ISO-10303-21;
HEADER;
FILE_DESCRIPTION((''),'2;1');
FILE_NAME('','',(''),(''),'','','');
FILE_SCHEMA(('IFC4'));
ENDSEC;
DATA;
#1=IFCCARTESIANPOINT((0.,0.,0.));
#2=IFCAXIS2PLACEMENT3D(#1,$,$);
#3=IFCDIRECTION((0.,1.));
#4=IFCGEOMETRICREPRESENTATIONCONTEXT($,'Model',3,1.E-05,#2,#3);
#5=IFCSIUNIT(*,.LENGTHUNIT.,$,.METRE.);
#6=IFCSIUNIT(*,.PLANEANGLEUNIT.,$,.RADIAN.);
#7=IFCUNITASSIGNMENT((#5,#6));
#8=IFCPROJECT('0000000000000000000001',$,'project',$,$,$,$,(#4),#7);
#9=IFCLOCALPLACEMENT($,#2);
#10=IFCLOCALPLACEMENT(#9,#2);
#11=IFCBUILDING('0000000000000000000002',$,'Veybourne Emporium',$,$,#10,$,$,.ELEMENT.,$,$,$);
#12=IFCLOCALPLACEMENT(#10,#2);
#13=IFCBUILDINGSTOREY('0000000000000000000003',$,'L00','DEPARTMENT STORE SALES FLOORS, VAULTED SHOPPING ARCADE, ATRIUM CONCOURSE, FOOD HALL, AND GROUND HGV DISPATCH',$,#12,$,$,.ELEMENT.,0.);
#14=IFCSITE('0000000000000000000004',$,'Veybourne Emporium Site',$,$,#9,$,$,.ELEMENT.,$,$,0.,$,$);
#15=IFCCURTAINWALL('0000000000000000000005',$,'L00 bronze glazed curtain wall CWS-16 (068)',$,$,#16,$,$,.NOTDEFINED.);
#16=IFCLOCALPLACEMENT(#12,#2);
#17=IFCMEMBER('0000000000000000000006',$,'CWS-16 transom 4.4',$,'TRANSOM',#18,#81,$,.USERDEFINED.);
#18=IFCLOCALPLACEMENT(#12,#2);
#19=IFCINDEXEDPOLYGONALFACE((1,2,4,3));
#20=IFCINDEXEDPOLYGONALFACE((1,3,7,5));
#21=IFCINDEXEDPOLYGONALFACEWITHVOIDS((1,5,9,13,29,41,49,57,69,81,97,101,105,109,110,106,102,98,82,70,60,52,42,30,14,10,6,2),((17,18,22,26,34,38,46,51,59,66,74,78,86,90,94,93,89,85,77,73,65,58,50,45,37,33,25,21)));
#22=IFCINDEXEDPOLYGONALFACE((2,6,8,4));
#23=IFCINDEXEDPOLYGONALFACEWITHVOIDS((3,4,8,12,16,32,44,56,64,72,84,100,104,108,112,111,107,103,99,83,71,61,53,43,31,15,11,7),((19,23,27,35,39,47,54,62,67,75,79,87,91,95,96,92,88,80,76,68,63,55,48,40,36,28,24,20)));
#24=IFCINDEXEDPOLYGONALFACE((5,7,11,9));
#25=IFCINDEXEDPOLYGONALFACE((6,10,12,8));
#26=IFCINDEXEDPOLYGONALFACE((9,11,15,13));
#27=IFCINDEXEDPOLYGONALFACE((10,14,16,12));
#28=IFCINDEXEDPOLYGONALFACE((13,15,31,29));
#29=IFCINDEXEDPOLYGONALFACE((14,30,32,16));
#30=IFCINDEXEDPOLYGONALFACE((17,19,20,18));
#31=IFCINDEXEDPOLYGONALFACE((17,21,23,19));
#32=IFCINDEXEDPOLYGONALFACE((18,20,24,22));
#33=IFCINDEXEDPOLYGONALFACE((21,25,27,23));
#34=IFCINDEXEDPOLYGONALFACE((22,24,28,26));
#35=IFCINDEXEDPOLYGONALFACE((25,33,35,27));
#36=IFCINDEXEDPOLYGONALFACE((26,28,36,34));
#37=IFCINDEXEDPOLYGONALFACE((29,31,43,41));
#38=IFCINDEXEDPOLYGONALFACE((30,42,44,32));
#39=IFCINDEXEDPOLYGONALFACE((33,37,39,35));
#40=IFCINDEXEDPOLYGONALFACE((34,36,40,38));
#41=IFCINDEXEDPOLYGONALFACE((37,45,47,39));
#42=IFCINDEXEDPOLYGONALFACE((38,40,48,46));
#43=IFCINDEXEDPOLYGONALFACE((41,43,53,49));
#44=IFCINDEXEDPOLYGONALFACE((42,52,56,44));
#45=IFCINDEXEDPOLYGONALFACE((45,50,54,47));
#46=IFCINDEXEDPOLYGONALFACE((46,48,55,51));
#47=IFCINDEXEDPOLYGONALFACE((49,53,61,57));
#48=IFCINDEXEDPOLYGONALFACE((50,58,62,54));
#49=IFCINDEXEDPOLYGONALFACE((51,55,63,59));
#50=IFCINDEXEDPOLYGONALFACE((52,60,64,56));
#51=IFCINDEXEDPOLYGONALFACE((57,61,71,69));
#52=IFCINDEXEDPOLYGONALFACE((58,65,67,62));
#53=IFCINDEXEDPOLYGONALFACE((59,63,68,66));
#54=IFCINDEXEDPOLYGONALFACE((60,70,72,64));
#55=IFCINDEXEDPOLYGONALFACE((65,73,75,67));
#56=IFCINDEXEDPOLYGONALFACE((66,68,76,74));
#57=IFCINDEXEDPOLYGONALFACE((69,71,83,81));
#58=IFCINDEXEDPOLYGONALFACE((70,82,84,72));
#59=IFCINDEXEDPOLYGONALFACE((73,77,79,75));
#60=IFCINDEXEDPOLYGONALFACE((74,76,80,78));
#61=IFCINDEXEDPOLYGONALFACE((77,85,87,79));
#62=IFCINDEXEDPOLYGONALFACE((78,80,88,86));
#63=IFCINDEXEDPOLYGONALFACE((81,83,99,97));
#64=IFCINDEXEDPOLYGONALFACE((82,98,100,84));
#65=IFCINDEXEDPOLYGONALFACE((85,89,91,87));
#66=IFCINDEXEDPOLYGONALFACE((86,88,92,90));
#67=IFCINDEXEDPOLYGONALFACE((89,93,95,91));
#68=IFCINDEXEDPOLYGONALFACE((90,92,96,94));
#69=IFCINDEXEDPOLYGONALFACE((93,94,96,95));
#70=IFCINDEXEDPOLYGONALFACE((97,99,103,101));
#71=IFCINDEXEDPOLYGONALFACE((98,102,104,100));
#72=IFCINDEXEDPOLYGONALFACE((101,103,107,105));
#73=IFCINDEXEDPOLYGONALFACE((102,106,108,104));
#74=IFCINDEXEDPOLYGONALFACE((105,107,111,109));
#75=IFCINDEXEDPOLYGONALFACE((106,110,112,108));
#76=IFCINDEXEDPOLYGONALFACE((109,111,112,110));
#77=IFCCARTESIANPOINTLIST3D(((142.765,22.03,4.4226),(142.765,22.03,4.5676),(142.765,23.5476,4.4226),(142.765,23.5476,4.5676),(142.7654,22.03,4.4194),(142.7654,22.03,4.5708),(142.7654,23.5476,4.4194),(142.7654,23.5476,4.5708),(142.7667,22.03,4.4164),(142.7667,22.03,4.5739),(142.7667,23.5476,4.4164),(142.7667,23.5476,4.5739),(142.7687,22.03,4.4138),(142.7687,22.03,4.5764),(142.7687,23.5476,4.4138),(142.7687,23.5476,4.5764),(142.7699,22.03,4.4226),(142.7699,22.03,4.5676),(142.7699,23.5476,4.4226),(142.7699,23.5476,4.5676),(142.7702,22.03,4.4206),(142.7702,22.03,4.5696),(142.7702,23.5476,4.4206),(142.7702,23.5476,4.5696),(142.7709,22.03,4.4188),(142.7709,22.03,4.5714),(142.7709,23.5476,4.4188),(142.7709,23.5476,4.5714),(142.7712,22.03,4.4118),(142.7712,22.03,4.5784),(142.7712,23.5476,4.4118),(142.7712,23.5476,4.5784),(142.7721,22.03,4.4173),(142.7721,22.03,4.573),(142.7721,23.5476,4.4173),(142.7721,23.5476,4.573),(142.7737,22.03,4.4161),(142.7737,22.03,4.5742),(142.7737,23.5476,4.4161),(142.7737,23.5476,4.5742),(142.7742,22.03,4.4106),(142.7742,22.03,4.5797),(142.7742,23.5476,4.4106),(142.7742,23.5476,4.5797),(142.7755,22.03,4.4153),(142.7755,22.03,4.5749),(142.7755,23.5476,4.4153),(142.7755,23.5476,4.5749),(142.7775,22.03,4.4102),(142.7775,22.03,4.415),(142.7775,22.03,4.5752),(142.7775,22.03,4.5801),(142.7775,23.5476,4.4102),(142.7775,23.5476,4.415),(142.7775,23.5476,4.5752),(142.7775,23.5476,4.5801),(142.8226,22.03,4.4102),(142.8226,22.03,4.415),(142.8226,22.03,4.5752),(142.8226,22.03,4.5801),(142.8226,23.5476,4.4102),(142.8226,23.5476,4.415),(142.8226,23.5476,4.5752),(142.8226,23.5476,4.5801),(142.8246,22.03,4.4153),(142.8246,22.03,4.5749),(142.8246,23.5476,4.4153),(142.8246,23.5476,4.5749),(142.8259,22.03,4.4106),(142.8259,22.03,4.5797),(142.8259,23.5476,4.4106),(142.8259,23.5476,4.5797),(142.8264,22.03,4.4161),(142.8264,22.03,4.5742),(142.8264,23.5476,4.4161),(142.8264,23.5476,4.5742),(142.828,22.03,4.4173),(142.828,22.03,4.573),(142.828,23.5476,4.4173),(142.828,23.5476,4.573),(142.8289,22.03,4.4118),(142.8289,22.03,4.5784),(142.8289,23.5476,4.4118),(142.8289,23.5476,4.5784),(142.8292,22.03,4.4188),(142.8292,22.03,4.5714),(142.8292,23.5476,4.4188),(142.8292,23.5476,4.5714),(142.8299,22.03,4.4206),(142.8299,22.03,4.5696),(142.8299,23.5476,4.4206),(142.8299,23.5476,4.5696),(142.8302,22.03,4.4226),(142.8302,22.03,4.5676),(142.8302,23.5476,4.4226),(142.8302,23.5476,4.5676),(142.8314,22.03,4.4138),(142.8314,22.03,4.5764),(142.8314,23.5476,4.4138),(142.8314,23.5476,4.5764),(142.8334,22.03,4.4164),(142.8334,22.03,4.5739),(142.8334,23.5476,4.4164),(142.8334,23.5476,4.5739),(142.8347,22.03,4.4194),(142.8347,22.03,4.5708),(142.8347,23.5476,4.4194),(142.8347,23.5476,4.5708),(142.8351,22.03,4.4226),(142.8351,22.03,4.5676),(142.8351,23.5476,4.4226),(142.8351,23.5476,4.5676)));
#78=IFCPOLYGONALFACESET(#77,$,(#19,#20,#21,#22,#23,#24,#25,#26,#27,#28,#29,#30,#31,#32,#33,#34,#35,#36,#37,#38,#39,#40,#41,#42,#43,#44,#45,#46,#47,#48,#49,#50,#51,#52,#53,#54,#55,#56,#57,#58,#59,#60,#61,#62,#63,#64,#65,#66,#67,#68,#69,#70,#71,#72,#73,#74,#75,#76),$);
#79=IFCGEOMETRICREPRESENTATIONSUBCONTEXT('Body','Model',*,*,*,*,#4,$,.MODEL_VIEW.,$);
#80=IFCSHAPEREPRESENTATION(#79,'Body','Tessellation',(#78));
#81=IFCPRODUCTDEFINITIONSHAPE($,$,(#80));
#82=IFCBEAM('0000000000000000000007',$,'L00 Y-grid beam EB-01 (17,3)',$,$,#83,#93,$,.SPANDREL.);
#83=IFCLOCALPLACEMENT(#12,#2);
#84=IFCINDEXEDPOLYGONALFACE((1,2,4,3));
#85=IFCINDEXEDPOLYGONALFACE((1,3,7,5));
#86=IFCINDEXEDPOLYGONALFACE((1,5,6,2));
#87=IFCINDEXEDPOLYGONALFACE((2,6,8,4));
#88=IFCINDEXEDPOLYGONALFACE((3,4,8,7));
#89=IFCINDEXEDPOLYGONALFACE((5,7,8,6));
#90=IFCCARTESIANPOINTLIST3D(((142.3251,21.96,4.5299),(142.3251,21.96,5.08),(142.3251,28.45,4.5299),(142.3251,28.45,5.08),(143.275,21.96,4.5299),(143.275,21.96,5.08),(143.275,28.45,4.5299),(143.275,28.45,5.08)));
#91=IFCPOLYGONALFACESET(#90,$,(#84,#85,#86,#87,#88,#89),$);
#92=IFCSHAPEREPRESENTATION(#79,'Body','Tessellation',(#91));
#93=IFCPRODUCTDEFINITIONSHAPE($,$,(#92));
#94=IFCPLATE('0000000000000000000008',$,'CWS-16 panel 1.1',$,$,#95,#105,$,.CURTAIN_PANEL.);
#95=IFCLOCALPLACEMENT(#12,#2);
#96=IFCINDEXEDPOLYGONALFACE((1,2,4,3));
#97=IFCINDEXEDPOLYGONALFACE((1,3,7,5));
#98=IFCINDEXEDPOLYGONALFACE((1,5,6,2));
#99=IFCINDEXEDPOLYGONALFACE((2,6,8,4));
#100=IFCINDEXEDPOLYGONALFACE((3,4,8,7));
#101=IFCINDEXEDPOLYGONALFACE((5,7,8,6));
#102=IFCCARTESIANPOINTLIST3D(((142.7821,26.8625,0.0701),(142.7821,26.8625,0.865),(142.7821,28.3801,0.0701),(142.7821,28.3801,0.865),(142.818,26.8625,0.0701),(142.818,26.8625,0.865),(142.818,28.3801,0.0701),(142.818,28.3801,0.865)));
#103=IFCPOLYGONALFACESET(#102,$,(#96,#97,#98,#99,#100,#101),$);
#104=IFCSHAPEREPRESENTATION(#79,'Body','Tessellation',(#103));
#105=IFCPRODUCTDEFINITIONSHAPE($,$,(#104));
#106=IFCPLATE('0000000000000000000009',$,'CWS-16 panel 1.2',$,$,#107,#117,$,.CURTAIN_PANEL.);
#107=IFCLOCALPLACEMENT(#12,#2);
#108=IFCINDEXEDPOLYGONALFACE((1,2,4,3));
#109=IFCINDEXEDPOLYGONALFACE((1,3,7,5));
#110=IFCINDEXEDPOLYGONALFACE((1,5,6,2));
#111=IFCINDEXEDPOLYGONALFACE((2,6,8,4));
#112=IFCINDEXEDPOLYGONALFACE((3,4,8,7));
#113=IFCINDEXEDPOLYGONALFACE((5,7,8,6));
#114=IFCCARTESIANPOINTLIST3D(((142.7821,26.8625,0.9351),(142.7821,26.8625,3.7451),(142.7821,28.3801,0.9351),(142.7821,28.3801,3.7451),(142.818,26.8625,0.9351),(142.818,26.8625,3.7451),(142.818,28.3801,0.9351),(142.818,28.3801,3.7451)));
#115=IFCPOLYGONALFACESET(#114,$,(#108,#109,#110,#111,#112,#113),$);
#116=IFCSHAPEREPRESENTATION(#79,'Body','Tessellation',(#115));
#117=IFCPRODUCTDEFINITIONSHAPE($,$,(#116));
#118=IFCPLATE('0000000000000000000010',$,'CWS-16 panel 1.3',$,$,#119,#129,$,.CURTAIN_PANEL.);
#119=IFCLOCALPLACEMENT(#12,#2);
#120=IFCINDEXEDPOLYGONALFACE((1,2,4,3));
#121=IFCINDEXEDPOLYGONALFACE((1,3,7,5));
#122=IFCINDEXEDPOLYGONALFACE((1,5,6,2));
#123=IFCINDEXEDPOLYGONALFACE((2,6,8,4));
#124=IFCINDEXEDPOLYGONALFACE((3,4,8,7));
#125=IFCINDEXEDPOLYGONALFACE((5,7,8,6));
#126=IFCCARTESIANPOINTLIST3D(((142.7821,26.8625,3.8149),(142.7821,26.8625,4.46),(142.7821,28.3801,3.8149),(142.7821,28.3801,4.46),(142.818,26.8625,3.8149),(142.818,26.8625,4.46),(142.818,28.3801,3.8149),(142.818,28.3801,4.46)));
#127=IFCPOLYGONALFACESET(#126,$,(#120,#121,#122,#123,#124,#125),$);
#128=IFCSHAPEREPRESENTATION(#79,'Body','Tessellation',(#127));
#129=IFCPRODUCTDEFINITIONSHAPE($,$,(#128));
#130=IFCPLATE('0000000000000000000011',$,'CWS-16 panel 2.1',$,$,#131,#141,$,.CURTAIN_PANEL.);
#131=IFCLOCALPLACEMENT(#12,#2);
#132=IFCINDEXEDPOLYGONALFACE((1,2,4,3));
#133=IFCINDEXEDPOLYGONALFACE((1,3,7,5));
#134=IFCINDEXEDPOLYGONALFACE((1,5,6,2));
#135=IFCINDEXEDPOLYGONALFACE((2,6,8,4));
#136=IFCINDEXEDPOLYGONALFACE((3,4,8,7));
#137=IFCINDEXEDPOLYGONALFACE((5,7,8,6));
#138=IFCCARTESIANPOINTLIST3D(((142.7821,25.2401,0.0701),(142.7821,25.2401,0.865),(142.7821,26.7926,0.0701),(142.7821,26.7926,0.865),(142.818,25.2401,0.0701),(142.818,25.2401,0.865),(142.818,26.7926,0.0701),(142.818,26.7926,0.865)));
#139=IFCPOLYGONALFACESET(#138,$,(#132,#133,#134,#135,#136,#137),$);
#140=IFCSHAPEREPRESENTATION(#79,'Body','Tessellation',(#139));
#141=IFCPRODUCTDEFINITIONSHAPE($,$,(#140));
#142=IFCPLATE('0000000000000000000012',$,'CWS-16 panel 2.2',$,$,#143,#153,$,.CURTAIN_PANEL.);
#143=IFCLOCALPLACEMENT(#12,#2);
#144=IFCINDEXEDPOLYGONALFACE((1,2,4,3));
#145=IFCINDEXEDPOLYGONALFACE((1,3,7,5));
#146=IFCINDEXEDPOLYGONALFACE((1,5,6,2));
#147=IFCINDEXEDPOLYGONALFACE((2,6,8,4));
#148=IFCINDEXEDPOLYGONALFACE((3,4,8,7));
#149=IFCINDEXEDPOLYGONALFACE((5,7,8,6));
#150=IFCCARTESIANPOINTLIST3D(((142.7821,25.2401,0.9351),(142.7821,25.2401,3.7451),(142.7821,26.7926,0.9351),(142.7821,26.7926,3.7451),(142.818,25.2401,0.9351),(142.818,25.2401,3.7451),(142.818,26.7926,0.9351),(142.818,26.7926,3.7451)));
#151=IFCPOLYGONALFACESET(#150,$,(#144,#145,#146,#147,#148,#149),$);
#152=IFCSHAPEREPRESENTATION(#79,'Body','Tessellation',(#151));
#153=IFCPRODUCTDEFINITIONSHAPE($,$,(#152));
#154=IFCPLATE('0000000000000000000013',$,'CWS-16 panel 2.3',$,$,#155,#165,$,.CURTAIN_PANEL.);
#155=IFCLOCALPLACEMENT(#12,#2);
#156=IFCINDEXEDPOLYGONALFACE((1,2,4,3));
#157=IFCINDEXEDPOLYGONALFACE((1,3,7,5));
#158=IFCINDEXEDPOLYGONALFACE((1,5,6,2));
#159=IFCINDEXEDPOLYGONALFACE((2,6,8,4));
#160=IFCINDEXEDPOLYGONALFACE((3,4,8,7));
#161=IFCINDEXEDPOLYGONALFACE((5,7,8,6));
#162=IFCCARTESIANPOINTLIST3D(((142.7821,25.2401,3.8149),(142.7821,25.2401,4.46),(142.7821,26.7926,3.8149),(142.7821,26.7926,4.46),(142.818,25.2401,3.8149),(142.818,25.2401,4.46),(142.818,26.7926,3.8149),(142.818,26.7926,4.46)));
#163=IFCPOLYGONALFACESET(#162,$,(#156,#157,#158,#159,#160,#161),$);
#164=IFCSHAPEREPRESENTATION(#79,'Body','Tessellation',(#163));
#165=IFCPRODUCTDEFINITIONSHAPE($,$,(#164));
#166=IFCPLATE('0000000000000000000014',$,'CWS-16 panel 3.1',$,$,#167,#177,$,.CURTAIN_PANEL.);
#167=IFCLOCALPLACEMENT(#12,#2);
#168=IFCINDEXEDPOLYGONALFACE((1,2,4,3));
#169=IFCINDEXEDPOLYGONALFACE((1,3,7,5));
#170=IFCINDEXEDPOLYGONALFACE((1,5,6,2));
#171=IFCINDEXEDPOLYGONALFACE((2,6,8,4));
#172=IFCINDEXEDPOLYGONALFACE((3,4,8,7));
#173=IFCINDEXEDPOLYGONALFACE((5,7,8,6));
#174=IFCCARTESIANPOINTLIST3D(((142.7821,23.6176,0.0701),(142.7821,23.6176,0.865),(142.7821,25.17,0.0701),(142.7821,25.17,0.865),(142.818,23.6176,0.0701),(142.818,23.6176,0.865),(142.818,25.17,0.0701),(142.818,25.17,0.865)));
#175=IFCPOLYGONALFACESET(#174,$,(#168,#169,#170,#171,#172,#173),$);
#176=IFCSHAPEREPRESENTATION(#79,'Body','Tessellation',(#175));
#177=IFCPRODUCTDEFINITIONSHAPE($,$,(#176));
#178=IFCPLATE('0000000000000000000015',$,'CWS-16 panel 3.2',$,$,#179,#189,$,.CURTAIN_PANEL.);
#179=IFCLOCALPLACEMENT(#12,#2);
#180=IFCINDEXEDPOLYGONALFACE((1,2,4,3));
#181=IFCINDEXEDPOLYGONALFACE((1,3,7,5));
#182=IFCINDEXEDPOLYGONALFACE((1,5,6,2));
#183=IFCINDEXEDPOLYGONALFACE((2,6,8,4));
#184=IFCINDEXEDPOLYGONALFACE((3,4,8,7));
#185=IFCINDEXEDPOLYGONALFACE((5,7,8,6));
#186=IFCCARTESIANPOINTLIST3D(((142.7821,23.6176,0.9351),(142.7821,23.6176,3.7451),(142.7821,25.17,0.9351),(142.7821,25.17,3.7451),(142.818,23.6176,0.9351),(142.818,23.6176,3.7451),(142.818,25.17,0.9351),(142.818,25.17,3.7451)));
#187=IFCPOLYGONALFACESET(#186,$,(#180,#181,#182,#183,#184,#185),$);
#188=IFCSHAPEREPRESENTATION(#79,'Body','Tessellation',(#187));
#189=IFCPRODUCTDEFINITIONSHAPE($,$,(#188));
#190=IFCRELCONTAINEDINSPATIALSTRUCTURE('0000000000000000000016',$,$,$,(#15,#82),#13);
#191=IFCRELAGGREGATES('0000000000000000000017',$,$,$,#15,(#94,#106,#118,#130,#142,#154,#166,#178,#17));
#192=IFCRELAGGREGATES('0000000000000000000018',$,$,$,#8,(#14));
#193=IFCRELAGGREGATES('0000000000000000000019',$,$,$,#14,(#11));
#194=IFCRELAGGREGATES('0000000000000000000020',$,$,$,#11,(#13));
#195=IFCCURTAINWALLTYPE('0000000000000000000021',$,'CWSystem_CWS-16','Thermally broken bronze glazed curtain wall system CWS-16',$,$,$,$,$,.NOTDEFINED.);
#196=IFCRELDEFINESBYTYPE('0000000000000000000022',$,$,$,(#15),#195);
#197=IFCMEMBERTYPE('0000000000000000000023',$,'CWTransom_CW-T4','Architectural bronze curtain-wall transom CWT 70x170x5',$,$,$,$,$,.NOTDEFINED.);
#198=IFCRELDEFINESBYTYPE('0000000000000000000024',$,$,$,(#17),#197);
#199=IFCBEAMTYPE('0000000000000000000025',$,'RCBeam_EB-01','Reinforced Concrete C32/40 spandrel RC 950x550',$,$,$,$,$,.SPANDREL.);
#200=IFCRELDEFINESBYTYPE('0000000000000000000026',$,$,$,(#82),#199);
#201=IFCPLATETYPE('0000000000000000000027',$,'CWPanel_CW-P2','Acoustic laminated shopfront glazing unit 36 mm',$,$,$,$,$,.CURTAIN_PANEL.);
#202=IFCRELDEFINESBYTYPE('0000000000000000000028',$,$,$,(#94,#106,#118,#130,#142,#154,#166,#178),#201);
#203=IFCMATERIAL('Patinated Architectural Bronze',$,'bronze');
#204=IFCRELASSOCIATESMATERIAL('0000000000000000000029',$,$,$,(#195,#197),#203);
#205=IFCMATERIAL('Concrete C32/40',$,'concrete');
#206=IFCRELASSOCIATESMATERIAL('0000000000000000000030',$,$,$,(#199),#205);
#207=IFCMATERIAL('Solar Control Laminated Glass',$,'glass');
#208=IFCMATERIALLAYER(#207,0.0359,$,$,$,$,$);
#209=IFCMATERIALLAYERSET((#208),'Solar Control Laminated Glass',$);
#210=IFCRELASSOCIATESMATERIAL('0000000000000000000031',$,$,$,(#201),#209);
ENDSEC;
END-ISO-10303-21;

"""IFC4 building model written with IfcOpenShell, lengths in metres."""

from ifc_helpers import new_model, si_unit, direction, frame, origin, origin_2d, place, context, subcontext, project, spatial, rectangle, hollow_rectangle, extrude, material, layer, layer_set, material_profile, profile_set, type_object, element, aggregate, save


model = new_model("IFC4")

# Units and contexts
model_context = context("Model", 3, precision=1e-05, world=origin(), true_north=direction((0.0, 1.0)))
body_context = subcontext(model_context, "Body", "Model", "MODEL_VIEW")
ifc_project = project(units=[si_unit("LENGTHUNIT", "METRE"), si_unit("PLANEANGLEUNIT", "RADIAN")], contexts=[model_context])

# Site, building, storey
site_placement = place(None, origin())
site = spatial("IfcSite", under=ifc_project, at=site_placement, Name="Veybourne Emporium Site", CompositionType="ELEMENT", RefElevation=0.0)
building_placement = place(site_placement, origin())
building = spatial("IfcBuilding", under=site, at=building_placement, Name="Veybourne Emporium", CompositionType="ELEMENT")
storey_placement = place(building_placement, origin())
storey = spatial("IfcBuildingStorey", under=building, at=storey_placement, Name="L00", Description="DEPARTMENT STORE SALES FLOORS, VAULTED SHOPPING ARCADE, ATRIUM CONCOURSE, FOOD HALL, AND GROUND HGV DISPATCH", CompositionType="ELEMENT", Elevation=0.0)

# Curtain wall, member
ifc_material_1 = material(Name="Patinated Architectural Bronze", Category="bronze")
curtain_wall_type = type_object("IfcCurtainWallType", Name="CWSystem_CWS-16", Description="Thermally broken bronze glazed curtain wall system CWS-16", PredefinedType="NOTDEFINED", material=ifc_material_1)
curtain_wall_placement = place(storey_placement, origin())
curtain_wall = element("IfcCurtainWall", 1, at=curtain_wall_placement, inside=storey, type_object=curtain_wall_type, Name="L00 bronze glazed curtain wall CWS-16 (068)", PredefinedType="NOTDEFINED")
ifc_material_profile_1 = material_profile(ifc_material_1, hollow_rectangle(XDim=0.0701, YDim=0.1699, WallThickness=0.0049, InnerFilletRadius=0.0076, OuterFilletRadius=0.0125, at=origin_2d()), Name="CWT 70x170x5")
ifc_profile_set_1 = profile_set([ifc_material_profile_1], Name="Patinated Architectural Bronze")
member_type_1 = type_object("IfcMemberType", Name="CWTransom_CW-T4", Description="Architectural bronze curtain-wall transom CWT 70x170x5", PredefinedType="NOTDEFINED", material=ifc_profile_set_1)
member_1_placement = place(storey_placement, frame((142.8, 23.5476, 4.4951), z_axis=(0.0, -1.0, 0.0), x_axis=(1.0, 0.0, 0.0)))
member_1 = element("IfcMember", 2, at=member_1_placement, type_object=member_type_1, Name="CWS-16 transom 4.4", ObjectType="TRANSOM", PredefinedType="USERDEFINED", context=body_context, shape_type="SweptSolid", body=[
    extrude(hollow_rectangle(XDim=0.0701, YDim=0.1699, WallThickness=0.0049, InnerFilletRadius=0.0076, OuterFilletRadius=0.0125, at=origin_2d()), origin(), (0.0, 0.0, 1.0), 1.5176),
])

# Beam
ifc_material_2 = material(Name="Concrete C32/40", Category="concrete")
ifc_material_profile_2 = material_profile(ifc_material_2, rectangle(XDim=0.95, YDim=0.55, at=origin_2d()), Name="RC 950x550")
ifc_profile_set_2 = profile_set([ifc_material_profile_2], Name="Concrete C32/40")
beam_type = type_object("IfcBeamType", Name="RCBeam_EB-01", Description="Reinforced Concrete C32/40 spandrel RC 950x550", PredefinedType="SPANDREL", material=ifc_profile_set_2)
beam_placement = place(storey_placement, frame((142.8, 21.96, 4.8049), z_axis=(0.0, 1.0, 0.0), x_axis=(-1.0, 0.0, 0.0)))
element("IfcBeam", 3, at=beam_placement, inside=storey, type_object=beam_type, Name="L00 Y-grid beam EB-01 (17,3)", PredefinedType="SPANDREL", context=body_context, shape_type="SweptSolid", body=[
    extrude(rectangle(XDim=0.95, YDim=0.55, at=origin_2d()), origin(), (0.0, 0.0, 1.0), 6.49),
])

# Plates
ifc_material_3 = material(Name="Solar Control Laminated Glass", Category="glass")
ifc_layer = layer(ifc_material_3, 0.0359)
ifc_layer_set = layer_set([ifc_layer], Name="Solar Control Laminated Glass")
plate_type = type_object("IfcPlateType", Name="CWPanel_CW-P2", Description="Acoustic laminated shopfront glazing unit 36 mm", PredefinedType="CURTAIN_PANEL", material=ifc_layer_set)
plate_1_placement = place(storey_placement, frame((142.8, 27.6213, 0.0701), z_axis=(0.0, 0.0, 1.0), x_axis=(0.0, -1.0, 0.0)))
plate_1 = element("IfcPlate", 4, at=plate_1_placement, type_object=plate_type, Name="CWS-16 panel 1.1", PredefinedType="CURTAIN_PANEL", context=body_context, shape_type="SweptSolid", body=[
    extrude(rectangle(XDim=1.5176, YDim=0.0359, at=origin_2d()), origin(), (0.0, 0.0, 1.0), 0.7949),
])
plate_2_placement = place(storey_placement, frame((142.8, 27.6213, 0.9351), z_axis=(0.0, 0.0, 1.0), x_axis=(0.0, -1.0, 0.0)))
plate_2 = element("IfcPlate", 5, at=plate_2_placement, type_object=plate_type, Name="CWS-16 panel 1.2", PredefinedType="CURTAIN_PANEL", context=body_context, shape_type="SweptSolid", body=[
    extrude(rectangle(XDim=1.5176, YDim=0.0359, at=origin_2d()), origin(), (0.0, 0.0, 1.0), 2.8101),
])
plate_3_placement = place(storey_placement, frame((142.8, 27.6213, 3.8149), z_axis=(0.0, 0.0, 1.0), x_axis=(0.0, -1.0, 0.0)))
plate_3 = element("IfcPlate", 6, at=plate_3_placement, type_object=plate_type, Name="CWS-16 panel 1.3", PredefinedType="CURTAIN_PANEL", context=body_context, shape_type="SweptSolid", body=[
    extrude(rectangle(XDim=1.5176, YDim=0.0359, at=origin_2d()), origin(), (0.0, 0.0, 1.0), 0.645),
])
plate_4_placement = place(storey_placement, frame((142.8, 26.0164, 0.0701), z_axis=(0.0, 0.0, 1.0), x_axis=(0.0, -1.0, 0.0)))
plate_4 = element("IfcPlate", 7, at=plate_4_placement, type_object=plate_type, Name="CWS-16 panel 2.1", PredefinedType="CURTAIN_PANEL", context=body_context, shape_type="SweptSolid", body=[
    extrude(rectangle(XDim=1.5525, YDim=0.0359, at=origin_2d()), origin(), (0.0, 0.0, 1.0), 0.7949),
])
plate_5_placement = place(storey_placement, frame((142.8, 26.0164, 0.9351), z_axis=(0.0, 0.0, 1.0), x_axis=(0.0, -1.0, 0.0)))
plate_5 = element("IfcPlate", 8, at=plate_5_placement, type_object=plate_type, Name="CWS-16 panel 2.2", PredefinedType="CURTAIN_PANEL", context=body_context, shape_type="SweptSolid", body=[
    extrude(rectangle(XDim=1.5525, YDim=0.0359, at=origin_2d()), origin(), (0.0, 0.0, 1.0), 2.8101),
])
plate_6_placement = place(storey_placement, frame((142.8, 26.0164, 3.8149), z_axis=(0.0, 0.0, 1.0), x_axis=(0.0, -1.0, 0.0)))
plate_6 = element("IfcPlate", 9, at=plate_6_placement, type_object=plate_type, Name="CWS-16 panel 2.3", PredefinedType="CURTAIN_PANEL", context=body_context, shape_type="SweptSolid", body=[
    extrude(rectangle(XDim=1.5525, YDim=0.0359, at=origin_2d()), origin(), (0.0, 0.0, 1.0), 0.645),
])
plate_7_placement = place(storey_placement, frame((142.8, 24.3938, 0.0701), z_axis=(0.0, 0.0, 1.0), x_axis=(0.0, -1.0, 0.0)))
plate_7 = element("IfcPlate", 10, at=plate_7_placement, type_object=plate_type, Name="CWS-16 panel 3.1", PredefinedType="CURTAIN_PANEL", context=body_context, shape_type="SweptSolid", body=[
    extrude(rectangle(XDim=1.5525, YDim=0.0359, at=origin_2d()), origin(), (0.0, 0.0, 1.0), 0.7949),
])
plate_8_placement = place(storey_placement, frame((142.8, 24.3938, 0.9351), z_axis=(0.0, 0.0, 1.0), x_axis=(0.0, -1.0, 0.0)))
plate_8 = element("IfcPlate", 11, at=plate_8_placement, type_object=plate_type, Name="CWS-16 panel 3.2", PredefinedType="CURTAIN_PANEL", context=body_context, shape_type="SweptSolid", body=[
    extrude(rectangle(XDim=1.5525, YDim=0.0359, at=origin_2d()), origin(), (0.0, 0.0, 1.0), 2.8101),
])
aggregate(curtain_wall, [plate_1, plate_2, plate_3, plate_4, plate_5, plate_6, plate_7, plate_8, member_1])

save(model, "model.ifc")
